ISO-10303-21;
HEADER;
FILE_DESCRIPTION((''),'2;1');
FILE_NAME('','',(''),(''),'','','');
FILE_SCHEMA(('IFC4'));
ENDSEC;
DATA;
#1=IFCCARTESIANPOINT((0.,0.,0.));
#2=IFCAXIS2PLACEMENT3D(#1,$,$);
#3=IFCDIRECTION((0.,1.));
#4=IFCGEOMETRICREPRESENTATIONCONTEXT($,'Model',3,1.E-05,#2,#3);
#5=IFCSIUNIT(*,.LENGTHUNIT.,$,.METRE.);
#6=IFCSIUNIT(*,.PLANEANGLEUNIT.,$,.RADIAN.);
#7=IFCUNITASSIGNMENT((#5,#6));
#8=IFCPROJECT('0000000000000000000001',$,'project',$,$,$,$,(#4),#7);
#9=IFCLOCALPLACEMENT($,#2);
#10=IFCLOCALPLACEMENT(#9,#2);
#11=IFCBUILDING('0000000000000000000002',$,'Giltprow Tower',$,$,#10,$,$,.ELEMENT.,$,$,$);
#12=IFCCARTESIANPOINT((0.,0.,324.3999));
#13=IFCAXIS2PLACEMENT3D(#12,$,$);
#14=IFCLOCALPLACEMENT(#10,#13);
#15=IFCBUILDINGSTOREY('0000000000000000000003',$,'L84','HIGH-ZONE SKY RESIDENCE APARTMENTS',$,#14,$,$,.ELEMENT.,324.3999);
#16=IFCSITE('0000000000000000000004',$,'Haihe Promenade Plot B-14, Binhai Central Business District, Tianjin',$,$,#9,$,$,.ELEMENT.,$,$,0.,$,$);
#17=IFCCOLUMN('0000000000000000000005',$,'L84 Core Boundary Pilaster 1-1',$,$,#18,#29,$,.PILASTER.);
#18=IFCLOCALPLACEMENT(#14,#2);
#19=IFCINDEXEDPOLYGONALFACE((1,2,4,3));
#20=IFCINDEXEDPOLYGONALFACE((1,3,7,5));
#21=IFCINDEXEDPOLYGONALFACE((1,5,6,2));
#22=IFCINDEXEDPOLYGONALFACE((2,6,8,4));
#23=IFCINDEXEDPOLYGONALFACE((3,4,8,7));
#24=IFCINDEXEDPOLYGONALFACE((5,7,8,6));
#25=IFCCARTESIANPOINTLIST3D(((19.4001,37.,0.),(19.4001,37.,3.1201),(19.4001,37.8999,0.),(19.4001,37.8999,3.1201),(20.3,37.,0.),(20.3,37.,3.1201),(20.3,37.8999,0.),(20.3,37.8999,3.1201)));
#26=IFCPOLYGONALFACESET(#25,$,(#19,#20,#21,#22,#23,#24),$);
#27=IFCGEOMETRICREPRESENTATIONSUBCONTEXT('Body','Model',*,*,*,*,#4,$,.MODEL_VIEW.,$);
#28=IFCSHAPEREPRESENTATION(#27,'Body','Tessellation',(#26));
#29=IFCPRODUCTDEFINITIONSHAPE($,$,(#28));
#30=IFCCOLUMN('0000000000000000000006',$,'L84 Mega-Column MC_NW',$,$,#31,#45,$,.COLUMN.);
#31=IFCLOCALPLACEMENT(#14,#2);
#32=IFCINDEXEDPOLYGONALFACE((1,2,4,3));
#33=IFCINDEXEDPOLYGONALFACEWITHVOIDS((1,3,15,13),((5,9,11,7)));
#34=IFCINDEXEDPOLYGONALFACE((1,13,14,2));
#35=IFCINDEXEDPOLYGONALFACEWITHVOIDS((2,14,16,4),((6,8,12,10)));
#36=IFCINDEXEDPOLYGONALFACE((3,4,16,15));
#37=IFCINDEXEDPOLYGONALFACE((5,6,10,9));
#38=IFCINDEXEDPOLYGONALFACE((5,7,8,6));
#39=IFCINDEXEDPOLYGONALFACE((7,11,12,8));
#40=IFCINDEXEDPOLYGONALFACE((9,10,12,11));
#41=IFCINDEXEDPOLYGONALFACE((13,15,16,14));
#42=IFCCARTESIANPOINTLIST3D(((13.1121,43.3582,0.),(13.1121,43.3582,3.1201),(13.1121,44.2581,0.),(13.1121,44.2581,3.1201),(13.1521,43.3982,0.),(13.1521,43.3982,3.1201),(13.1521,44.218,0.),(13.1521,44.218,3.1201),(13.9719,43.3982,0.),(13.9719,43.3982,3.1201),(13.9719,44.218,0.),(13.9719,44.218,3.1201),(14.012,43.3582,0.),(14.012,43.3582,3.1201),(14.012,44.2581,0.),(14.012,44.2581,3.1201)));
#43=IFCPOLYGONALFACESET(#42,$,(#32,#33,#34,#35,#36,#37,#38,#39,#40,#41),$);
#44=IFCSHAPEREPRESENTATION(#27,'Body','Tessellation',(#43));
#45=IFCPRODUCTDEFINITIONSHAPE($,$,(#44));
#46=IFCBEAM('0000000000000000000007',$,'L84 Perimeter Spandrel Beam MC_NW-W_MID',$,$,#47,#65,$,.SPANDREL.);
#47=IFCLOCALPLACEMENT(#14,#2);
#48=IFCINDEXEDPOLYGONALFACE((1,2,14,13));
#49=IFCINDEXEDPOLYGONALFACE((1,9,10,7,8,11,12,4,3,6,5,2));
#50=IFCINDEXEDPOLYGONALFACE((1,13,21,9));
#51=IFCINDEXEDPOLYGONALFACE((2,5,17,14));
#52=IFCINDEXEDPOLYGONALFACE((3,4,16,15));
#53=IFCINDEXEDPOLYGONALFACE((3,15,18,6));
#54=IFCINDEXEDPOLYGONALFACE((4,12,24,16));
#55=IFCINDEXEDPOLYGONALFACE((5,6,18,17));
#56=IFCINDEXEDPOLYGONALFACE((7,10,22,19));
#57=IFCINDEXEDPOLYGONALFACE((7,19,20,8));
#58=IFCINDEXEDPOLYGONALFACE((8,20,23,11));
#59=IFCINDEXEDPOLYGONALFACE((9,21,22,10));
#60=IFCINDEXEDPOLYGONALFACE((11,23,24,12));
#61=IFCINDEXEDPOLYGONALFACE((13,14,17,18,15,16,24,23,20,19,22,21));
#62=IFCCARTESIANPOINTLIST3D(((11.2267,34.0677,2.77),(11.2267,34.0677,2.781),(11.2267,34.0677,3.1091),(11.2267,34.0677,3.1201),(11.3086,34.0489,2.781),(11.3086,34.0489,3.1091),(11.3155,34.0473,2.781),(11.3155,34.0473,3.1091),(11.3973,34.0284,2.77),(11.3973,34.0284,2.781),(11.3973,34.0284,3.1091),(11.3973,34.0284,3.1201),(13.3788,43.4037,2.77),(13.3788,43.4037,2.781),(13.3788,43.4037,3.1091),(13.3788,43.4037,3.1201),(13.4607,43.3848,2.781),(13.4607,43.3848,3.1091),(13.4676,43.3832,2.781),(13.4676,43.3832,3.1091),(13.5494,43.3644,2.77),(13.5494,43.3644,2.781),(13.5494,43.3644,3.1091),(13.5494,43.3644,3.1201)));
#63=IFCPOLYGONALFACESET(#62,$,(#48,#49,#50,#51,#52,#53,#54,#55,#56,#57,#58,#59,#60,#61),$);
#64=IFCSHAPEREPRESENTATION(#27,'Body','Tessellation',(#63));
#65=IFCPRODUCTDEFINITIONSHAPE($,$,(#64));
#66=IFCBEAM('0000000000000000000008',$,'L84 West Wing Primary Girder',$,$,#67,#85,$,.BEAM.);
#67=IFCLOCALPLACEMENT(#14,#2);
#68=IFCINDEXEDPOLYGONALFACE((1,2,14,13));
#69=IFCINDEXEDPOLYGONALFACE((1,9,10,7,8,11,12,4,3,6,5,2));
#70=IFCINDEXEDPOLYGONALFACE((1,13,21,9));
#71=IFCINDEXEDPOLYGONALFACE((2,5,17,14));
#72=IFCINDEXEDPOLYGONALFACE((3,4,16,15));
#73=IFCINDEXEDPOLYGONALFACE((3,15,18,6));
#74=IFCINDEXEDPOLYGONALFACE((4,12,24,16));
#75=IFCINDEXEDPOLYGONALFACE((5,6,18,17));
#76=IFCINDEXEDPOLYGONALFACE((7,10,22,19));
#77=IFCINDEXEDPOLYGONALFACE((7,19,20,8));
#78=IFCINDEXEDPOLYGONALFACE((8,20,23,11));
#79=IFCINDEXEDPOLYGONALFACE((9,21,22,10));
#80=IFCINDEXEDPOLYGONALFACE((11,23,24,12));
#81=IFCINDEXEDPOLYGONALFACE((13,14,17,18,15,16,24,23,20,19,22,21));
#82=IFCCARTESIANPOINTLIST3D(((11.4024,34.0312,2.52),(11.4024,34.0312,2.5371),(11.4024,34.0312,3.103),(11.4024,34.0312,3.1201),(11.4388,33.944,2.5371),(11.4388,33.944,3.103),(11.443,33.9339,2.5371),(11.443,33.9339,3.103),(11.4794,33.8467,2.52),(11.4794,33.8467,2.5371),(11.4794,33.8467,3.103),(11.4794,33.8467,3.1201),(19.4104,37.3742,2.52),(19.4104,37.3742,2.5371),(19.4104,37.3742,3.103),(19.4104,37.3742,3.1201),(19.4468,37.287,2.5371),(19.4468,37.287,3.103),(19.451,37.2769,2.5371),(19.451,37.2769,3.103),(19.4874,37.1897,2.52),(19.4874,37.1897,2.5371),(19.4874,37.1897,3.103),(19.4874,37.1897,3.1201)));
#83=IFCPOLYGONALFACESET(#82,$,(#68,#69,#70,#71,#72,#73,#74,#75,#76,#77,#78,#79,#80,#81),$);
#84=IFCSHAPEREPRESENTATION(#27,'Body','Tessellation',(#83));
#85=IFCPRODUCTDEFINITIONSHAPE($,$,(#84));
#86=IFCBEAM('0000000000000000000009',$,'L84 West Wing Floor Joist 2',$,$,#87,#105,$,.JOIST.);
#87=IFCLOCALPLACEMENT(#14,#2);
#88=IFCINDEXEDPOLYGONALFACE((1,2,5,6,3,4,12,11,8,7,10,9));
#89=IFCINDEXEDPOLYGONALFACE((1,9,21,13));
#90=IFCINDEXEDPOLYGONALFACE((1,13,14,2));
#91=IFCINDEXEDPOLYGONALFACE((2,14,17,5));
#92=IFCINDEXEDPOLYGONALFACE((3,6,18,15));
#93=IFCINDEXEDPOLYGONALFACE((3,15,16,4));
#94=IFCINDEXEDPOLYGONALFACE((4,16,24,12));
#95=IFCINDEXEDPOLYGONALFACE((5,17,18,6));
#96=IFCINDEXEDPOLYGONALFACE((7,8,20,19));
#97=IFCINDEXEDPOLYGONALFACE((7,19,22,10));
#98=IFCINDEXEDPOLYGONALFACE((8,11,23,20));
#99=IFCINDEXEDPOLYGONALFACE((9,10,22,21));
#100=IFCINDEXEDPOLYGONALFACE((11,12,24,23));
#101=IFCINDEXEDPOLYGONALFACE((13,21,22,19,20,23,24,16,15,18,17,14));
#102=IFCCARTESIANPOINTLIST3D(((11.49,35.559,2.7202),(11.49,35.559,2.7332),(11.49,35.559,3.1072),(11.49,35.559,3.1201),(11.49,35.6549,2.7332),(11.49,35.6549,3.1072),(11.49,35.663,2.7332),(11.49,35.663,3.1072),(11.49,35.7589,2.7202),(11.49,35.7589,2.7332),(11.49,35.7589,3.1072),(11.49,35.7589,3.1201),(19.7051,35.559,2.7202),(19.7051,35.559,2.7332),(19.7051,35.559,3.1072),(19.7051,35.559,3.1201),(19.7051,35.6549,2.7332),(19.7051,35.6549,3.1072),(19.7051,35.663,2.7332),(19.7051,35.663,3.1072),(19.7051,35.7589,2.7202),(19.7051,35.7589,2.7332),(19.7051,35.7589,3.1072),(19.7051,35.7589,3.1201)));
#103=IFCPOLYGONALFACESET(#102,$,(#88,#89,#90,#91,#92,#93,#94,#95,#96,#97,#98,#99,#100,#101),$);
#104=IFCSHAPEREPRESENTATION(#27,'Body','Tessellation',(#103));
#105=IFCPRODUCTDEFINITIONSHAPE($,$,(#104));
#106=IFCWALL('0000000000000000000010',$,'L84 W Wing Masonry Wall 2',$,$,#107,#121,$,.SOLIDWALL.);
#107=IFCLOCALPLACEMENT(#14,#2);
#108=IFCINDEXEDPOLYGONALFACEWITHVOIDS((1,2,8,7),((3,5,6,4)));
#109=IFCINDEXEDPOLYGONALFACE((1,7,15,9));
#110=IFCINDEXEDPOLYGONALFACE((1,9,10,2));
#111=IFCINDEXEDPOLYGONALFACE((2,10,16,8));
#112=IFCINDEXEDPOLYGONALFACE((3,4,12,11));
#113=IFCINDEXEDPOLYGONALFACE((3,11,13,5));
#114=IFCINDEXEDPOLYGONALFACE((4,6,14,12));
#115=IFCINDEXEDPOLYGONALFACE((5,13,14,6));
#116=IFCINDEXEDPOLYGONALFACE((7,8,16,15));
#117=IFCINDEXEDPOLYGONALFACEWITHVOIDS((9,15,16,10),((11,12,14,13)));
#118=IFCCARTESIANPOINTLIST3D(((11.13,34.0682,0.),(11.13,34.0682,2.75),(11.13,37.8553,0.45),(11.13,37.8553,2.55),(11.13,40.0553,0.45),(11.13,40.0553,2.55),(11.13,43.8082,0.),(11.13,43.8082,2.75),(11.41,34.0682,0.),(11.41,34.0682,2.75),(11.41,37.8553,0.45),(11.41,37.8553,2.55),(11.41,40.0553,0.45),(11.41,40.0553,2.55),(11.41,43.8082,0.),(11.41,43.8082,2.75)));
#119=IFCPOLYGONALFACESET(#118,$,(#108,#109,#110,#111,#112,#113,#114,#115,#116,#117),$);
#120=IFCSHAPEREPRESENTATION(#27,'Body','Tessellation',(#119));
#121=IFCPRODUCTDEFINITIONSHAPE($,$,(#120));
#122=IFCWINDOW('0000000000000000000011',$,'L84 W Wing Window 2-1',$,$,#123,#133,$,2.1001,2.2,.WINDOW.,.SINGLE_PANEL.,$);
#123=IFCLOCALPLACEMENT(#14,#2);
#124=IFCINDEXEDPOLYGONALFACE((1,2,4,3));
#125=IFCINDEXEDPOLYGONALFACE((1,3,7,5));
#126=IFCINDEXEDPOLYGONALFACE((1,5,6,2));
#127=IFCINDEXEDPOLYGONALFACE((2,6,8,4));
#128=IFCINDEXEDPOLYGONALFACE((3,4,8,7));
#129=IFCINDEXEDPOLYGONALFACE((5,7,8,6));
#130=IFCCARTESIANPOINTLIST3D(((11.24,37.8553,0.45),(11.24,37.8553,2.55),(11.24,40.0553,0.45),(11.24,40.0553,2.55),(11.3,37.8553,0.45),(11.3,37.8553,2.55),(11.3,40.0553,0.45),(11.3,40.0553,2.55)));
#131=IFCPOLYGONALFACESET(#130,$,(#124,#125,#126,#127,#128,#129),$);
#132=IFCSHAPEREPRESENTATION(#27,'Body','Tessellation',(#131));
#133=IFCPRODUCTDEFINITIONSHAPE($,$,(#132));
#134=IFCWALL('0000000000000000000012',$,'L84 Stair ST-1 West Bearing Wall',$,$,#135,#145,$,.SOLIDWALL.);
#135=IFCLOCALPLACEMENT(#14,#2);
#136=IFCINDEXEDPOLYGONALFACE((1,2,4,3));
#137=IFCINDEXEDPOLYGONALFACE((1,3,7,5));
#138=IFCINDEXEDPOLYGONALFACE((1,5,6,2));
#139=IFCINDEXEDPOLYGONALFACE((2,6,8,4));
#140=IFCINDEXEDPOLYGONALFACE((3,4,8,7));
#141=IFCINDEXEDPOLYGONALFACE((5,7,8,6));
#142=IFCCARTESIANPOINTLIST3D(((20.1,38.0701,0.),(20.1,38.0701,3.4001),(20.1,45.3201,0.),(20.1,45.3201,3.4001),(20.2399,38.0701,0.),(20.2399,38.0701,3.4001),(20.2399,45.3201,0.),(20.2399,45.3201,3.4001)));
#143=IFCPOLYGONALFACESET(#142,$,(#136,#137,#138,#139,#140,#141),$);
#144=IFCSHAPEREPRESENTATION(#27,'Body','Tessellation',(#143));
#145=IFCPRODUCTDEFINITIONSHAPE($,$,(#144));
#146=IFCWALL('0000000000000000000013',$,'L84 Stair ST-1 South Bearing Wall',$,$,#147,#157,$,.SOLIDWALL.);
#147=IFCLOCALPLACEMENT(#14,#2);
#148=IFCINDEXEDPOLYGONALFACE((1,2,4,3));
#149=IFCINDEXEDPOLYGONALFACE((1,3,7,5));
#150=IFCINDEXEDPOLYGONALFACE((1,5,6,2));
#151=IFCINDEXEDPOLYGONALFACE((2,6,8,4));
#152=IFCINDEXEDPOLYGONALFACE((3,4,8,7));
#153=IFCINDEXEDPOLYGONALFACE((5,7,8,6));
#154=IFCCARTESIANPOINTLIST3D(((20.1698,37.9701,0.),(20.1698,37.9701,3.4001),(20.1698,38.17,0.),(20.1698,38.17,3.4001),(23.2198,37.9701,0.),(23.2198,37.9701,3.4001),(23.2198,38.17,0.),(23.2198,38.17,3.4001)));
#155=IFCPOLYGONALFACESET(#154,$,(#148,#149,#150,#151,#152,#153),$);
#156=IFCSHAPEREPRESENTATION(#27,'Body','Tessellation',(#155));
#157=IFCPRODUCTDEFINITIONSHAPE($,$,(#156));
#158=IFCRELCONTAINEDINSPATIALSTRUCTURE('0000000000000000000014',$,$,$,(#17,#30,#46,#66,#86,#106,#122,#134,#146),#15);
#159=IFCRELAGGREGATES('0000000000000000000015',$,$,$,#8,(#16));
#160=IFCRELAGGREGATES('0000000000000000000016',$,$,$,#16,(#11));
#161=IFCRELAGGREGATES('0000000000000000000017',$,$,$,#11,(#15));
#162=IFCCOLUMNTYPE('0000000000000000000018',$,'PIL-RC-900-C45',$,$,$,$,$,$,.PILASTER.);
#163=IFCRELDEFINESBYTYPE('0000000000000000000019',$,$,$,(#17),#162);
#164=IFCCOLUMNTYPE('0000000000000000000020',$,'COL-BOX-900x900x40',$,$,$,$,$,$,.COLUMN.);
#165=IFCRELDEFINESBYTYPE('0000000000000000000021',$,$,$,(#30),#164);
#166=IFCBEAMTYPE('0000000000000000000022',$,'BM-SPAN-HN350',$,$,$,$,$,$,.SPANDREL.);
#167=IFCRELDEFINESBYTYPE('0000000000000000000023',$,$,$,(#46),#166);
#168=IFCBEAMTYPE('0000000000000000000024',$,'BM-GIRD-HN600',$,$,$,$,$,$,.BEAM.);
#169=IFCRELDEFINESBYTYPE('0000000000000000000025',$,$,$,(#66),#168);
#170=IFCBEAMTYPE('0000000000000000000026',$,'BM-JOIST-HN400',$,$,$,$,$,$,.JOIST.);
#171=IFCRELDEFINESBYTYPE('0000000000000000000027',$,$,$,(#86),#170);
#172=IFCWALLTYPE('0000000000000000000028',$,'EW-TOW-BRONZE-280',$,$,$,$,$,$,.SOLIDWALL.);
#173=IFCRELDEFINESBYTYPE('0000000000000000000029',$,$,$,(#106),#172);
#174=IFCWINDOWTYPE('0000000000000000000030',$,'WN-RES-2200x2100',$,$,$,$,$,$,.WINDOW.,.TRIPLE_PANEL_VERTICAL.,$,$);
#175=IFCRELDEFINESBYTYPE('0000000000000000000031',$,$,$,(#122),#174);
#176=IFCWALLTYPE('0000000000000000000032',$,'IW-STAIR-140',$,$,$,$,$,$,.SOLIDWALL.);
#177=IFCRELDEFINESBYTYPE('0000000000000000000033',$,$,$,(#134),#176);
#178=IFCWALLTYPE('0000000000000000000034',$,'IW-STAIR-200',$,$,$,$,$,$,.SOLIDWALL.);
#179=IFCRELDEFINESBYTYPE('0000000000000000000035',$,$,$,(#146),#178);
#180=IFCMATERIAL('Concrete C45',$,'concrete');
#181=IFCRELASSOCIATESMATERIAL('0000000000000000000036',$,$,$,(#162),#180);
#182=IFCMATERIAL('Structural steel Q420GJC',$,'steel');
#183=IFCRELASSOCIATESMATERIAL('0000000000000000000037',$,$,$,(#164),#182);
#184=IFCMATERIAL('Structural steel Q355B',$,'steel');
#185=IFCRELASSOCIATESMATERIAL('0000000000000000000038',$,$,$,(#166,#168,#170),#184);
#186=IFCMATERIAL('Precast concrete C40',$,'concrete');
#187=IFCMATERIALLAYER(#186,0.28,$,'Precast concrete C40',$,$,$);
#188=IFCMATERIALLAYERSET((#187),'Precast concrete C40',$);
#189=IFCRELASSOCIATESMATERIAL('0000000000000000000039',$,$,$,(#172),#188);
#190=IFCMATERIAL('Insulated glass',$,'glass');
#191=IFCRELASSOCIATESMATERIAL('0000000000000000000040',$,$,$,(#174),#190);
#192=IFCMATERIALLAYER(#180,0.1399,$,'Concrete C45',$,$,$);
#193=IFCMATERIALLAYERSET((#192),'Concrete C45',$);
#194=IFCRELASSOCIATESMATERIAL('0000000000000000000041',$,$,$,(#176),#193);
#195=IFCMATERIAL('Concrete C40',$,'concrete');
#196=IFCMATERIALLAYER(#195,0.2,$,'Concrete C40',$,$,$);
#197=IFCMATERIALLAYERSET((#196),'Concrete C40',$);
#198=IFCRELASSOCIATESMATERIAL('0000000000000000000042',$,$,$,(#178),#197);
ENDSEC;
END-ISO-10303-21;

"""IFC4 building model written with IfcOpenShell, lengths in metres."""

from ifc_helpers import new_model, si_unit, direction, frame, frame_2d, origin, origin_2d, place, context, subcontext, project, spatial, rectangle, hollow_rectangle, i_section, extrude, source, transform, mapped, material, layer, layer_set, material_profile, profile_set, type_object, element, fill, save


model = new_model("IFC4")

# Units and contexts
model_context = context("Model", 3, precision=1e-05, world=origin(), true_north=direction((0.0, 1.0)))
body_context = subcontext(model_context, "Body", "Model", "MODEL_VIEW")
ifc_project = project(units=[si_unit("LENGTHUNIT", "METRE"), si_unit("PLANEANGLEUNIT", "RADIAN")], contexts=[model_context])

# Site, building, storey
site_placement = place(None, origin())
site = spatial("IfcSite", under=ifc_project, at=site_placement, Name="Haihe Promenade Plot B-14, Binhai Central Business District, Tianjin", CompositionType="ELEMENT", RefElevation=0.0)
building_placement = place(site_placement, origin())
building = spatial("IfcBuilding", under=site, at=building_placement, Name="Giltprow Tower", CompositionType="ELEMENT")
storey_placement = place(building_placement, frame((0.0, 0.0, 324.3999)))
storey = spatial("IfcBuildingStorey", under=building, at=storey_placement, Name="L84", Description="HIGH-ZONE SKY RESIDENCE APARTMENTS", CompositionType="ELEMENT", Elevation=324.3999)

# Columns
ifc_material_1 = material(Name="Concrete C45", Category="concrete")
ifc_material_profile_1 = material_profile(ifc_material_1, rectangle(XDim=0.8999, YDim=0.8999, at=origin_2d()), Name="RC 900x900")
ifc_profile_set_1 = profile_set([ifc_material_profile_1], Name="Concrete C45")
column_type_1 = type_object("IfcColumnType", Name="PIL-RC-900-C45", PredefinedType="PILASTER", material=ifc_profile_set_1)
shared_shape_1 = source(origin(), body_context, "Body", "SweptSolid", [
    extrude(rectangle(XDim=0.8999, YDim=0.8999, at=origin_2d()), origin(), (0.0, 0.0, 1.0), 3.1201),
])
column_1_placement = place(storey_placement, frame((19.8501, 37.45, 0.0), z_axis=(0.0, 0.0, 1.0), x_axis=(1.0, 0.0, 0.0)))
element("IfcColumn", 1, at=column_1_placement, inside=storey, type_object=column_type_1, Name="L84 Core Boundary Pilaster 1-1", PredefinedType="PILASTER", context=body_context, shape_type="MappedRepresentation", body=[
    mapped(shared_shape_1, transform((0.0, 0.0, 0.0), x_axis=(1.0, 0.0, 0.0), y_axis=(0.0, 1.0, 0.0), z_axis=(0.0, 0.0, 1.0), scale=1.0)),
])
ifc_material_2 = material(Name="Structural steel Q420GJC", Category="steel")
ifc_material_profile_2 = material_profile(ifc_material_2, hollow_rectangle(XDim=0.8999, YDim=0.8999, WallThickness=0.04, at=origin_2d()), Name="BOX 900x900x40")
ifc_profile_set_2 = profile_set([ifc_material_profile_2], Name="Structural steel Q420GJC")
column_type_2 = type_object("IfcColumnType", Name="COL-BOX-900x900x40", PredefinedType="COLUMN", material=ifc_profile_set_2)
shared_shape_2 = source(origin(), body_context, "Body", "SweptSolid", [
    extrude(hollow_rectangle(XDim=0.8999, YDim=0.8999, WallThickness=0.04, at=origin_2d()), origin(), (0.0, 0.0, 1.0), 3.1201),
])
column_2_placement = place(storey_placement, frame((13.562, 43.8081, 0.0), z_axis=(0.0, 0.0, 1.0), x_axis=(1.0, 0.0, 0.0)))
element("IfcColumn", 2, at=column_2_placement, inside=storey, type_object=column_type_2, Name="L84 Mega-Column MC_NW", PredefinedType="COLUMN", context=body_context, shape_type="MappedRepresentation", body=[
    mapped(shared_shape_2, transform((0.0, 0.0, 0.0), x_axis=(1.0, 0.0, 0.0), y_axis=(0.0, 1.0, 0.0), z_axis=(0.0, 0.0, 1.0), scale=1.0)),
])

# Beams
ifc_material_3 = material(Name="Structural steel Q355B", Category="steel")
ifc_material_profile_3 = material_profile(ifc_material_3, i_section(OverallWidth=0.175, OverallDepth=0.3501, WebThickness=0.0071, FlangeThickness=0.011, at=origin_2d()), Name="HN 350x175x7x11")
ifc_profile_set_3 = profile_set([ifc_material_profile_3], Name="Structural steel Q355B")
beam_type_1 = type_object("IfcBeamType", Name="BM-SPAN-HN350", PredefinedType="SPANDREL", material=ifc_profile_set_3)
shared_shape_3 = source(origin(), body_context, "Body", "SweptSolid", [
    extrude(i_section(OverallWidth=0.175, OverallDepth=0.3501, WebThickness=0.0071, FlangeThickness=0.011, at=origin_2d()), origin(), (0.0, 0.0, 1.0), 9.5808),
])
beam_1_placement = place(storey_placement, frame((13.4641, 43.384, 2.9451), z_axis=(-0.224627, -0.974445, 0.0), x_axis=(0.974445, -0.224627, 0.0)))
element("IfcBeam", 3, at=beam_1_placement, inside=storey, type_object=beam_type_1, Name="L84 Perimeter Spandrel Beam MC_NW-W_MID", PredefinedType="SPANDREL", context=body_context, shape_type="MappedRepresentation", body=[
    mapped(shared_shape_3, transform((0.0, 0.0, 0.0), x_axis=(1.0, 0.0, 0.0), y_axis=(0.0, 1.0, 0.0), z_axis=(0.0, 0.0, 1.0), scale=1.0)),
])
ifc_material_profile_4 = material_profile(ifc_material_3, i_section(OverallWidth=0.2, OverallDepth=0.6001, WebThickness=0.011, FlangeThickness=0.0171, at=origin_2d()), Name="HN 600x200x11x17")
ifc_profile_set_4 = profile_set([ifc_material_profile_4], Name="Structural steel Q355B")
beam_type_2 = type_object("IfcBeamType", Name="BM-GIRD-HN600", PredefinedType="BEAM", material=ifc_profile_set_4)
shared_shape_4 = source(origin(), body_context, "Body", "SweptSolid", [
    extrude(i_section(OverallWidth=0.2, OverallDepth=0.6001, WebThickness=0.011, FlangeThickness=0.0171, at=origin_2d()), origin(), (0.0, 0.0, 1.0), 8.6777),
])
beam_2_placement = place(storey_placement, frame((11.4409, 33.939, 2.8201), z_axis=(0.922818, 0.385237, 0.0), x_axis=(-0.385237, 0.922818, 0.0)))
element("IfcBeam", 4, at=beam_2_placement, inside=storey, type_object=beam_type_2, Name="L84 West Wing Primary Girder", PredefinedType="BEAM", context=body_context, shape_type="MappedRepresentation", body=[
    mapped(shared_shape_4, transform((0.0, 0.0, 0.0), x_axis=(1.0, 0.0, 0.0), y_axis=(0.0, 1.0, 0.0), z_axis=(0.0, 0.0, 1.0), scale=1.0)),
])
ifc_material_profile_5 = material_profile(ifc_material_3, i_section(OverallWidth=0.2, OverallDepth=0.3999, WebThickness=0.0081, FlangeThickness=0.0129, at=origin_2d()), Name="HN 400x200x8x13")
ifc_profile_set_5 = profile_set([ifc_material_profile_5], Name="Structural steel Q355B")
beam_type_3 = type_object("IfcBeamType", Name="BM-JOIST-HN400", PredefinedType="JOIST", material=ifc_profile_set_5)
shared_shape_5 = source(origin(), body_context, "Body", "SweptSolid", [
    extrude(i_section(OverallWidth=0.2, OverallDepth=0.3999, WebThickness=0.0081, FlangeThickness=0.0129, at=origin_2d()), origin(), (0.0, 0.0, 1.0), 8.2151),
])
beam_3_placement = place(storey_placement, frame((11.49, 35.6589, 2.9202), z_axis=(1.0, 0.0, 0.0), x_axis=(0.0, 1.0, 0.0)))
element("IfcBeam", 5, at=beam_3_placement, inside=storey, type_object=beam_type_3, Name="L84 West Wing Floor Joist 2", PredefinedType="JOIST", context=body_context, shape_type="MappedRepresentation", body=[
    mapped(shared_shape_5, transform((0.0, 0.0, 0.0), x_axis=(1.0, 0.0, 0.0), y_axis=(0.0, 1.0, 0.0), z_axis=(0.0, 0.0, 1.0), scale=1.0)),
])

# Wall, opening, window
ifc_material_4 = material(Name="Precast concrete C40", Category="concrete")
ifc_layer_1 = layer(ifc_material_4, 0.28, Name="Precast concrete C40")
ifc_layer_set_1 = layer_set([ifc_layer_1], Name="Precast concrete C40")
wall_type_1 = type_object("IfcWallType", Name="EW-TOW-BRONZE-280", PredefinedType="SOLIDWALL", material=ifc_layer_set_1)
wall_1_placement = place(storey_placement, frame((11.27, 34.0681, 0.0), z_axis=(0.0, 0.0, 1.0), x_axis=(0.0, 1.0, 0.0)))
wall_1 = element("IfcWall", 6, at=wall_1_placement, inside=storey, type_object=wall_type_1, Name="L84 W Wing Masonry Wall 2", PredefinedType="SOLIDWALL", context=body_context, shape_type="SweptSolid", body=[
    extrude(rectangle(XDim=9.74, YDim=0.28, at=frame_2d((4.8701, 0.0))), origin(), (0.0, 0.0, 1.0), 2.75),
])
opening_1_placement = place(wall_1_placement, frame((3.7871, 0.0, 0.45)))
opening_1 = element("IfcOpeningElement", 7, at=opening_1_placement, cuts=wall_1, PredefinedType="OPENING", context=body_context, shape_type="SweptSolid", body=[
    extrude(rectangle(XDim=2.2, YDim=2.1001, at=frame_2d((1.1001, 1.05))), frame((0.0, 0.1499, 0.0), z_axis=(0.0, -1.0, 0.0), x_axis=(1.0, 0.0, 0.0)), (0.0, 0.0, 1.0), 0.3),
])
ifc_material_5 = material(Name="Insulated glass", Category="glass")
window_type = type_object("IfcWindowType", Name="WN-RES-2200x2100", PartitioningType="TRIPLE_PANEL_VERTICAL", PredefinedType="WINDOW", material=ifc_material_5)
shared_shape_6 = source(origin(), body_context, "Body", "SweptSolid", [
    extrude(rectangle(XDim=2.2, YDim=2.1001, at=frame_2d((1.1001, 1.05))), frame((0.0, 0.03, 0.0), z_axis=(0.0, -1.0, 0.0), x_axis=(1.0, 0.0, 0.0)), (0.0, 0.0, 1.0), 0.0601),
])
window_placement = place(opening_1_placement, origin())
window = element("IfcWindow", 8, at=window_placement, inside=storey, type_object=window_type, Name="L84 W Wing Window 2-1", OverallHeight=2.1001, OverallWidth=2.2, PartitioningType="SINGLE_PANEL", PredefinedType="WINDOW", context=body_context, shape_type="MappedRepresentation", body=[
    mapped(shared_shape_6, transform((0.0, 0.0, 0.0), x_axis=(1.0, 0.0, 0.0), y_axis=(0.0, 1.0, 0.0), z_axis=(0.0, 0.0, 1.0), scale=1.0)),
])
fill(opening_1, window)

# Walls
ifc_layer_2 = layer(ifc_material_1, 0.1399, Name="Concrete C45")
ifc_layer_set_2 = layer_set([ifc_layer_2], Name="Concrete C45")
wall_type_2 = type_object("IfcWallType", Name="IW-STAIR-140", PredefinedType="SOLIDWALL", material=ifc_layer_set_2)
wall_2_placement = place(storey_placement, frame((20.1699, 38.0701, 0.0), z_axis=(0.0, 0.0, 1.0), x_axis=(0.0, 1.0, 0.0)))
element("IfcWall", 9, at=wall_2_placement, inside=storey, type_object=wall_type_2, Name="L84 Stair ST-1 West Bearing Wall", PredefinedType="SOLIDWALL", context=body_context, shape_type="SweptSolid", body=[
    extrude(rectangle(XDim=7.25, YDim=0.1399, at=frame_2d((3.625, 0.0))), origin(), (0.0, 0.0, 1.0), 3.4001),
])
ifc_material_6 = material(Name="Concrete C40", Category="concrete")
ifc_layer_3 = layer(ifc_material_6, 0.2, Name="Concrete C40")
ifc_layer_set_3 = layer_set([ifc_layer_3], Name="Concrete C40")
wall_type_3 = type_object("IfcWallType", Name="IW-STAIR-200", PredefinedType="SOLIDWALL", material=ifc_layer_set_3)
wall_3_placement = place(storey_placement, frame((20.1699, 38.0701, 0.0), z_axis=(0.0, 0.0, 1.0), x_axis=(1.0, 0.0, 0.0)))
element("IfcWall", 10, at=wall_3_placement, inside=storey, type_object=wall_type_3, Name="L84 Stair ST-1 South Bearing Wall", PredefinedType="SOLIDWALL", context=body_context, shape_type="SweptSolid", body=[
    extrude(rectangle(XDim=3.05, YDim=0.2, at=frame_2d((1.5249, 0.0))), origin(), (0.0, 0.0, 1.0), 3.4001),
])

save(model, "model.ifc")
